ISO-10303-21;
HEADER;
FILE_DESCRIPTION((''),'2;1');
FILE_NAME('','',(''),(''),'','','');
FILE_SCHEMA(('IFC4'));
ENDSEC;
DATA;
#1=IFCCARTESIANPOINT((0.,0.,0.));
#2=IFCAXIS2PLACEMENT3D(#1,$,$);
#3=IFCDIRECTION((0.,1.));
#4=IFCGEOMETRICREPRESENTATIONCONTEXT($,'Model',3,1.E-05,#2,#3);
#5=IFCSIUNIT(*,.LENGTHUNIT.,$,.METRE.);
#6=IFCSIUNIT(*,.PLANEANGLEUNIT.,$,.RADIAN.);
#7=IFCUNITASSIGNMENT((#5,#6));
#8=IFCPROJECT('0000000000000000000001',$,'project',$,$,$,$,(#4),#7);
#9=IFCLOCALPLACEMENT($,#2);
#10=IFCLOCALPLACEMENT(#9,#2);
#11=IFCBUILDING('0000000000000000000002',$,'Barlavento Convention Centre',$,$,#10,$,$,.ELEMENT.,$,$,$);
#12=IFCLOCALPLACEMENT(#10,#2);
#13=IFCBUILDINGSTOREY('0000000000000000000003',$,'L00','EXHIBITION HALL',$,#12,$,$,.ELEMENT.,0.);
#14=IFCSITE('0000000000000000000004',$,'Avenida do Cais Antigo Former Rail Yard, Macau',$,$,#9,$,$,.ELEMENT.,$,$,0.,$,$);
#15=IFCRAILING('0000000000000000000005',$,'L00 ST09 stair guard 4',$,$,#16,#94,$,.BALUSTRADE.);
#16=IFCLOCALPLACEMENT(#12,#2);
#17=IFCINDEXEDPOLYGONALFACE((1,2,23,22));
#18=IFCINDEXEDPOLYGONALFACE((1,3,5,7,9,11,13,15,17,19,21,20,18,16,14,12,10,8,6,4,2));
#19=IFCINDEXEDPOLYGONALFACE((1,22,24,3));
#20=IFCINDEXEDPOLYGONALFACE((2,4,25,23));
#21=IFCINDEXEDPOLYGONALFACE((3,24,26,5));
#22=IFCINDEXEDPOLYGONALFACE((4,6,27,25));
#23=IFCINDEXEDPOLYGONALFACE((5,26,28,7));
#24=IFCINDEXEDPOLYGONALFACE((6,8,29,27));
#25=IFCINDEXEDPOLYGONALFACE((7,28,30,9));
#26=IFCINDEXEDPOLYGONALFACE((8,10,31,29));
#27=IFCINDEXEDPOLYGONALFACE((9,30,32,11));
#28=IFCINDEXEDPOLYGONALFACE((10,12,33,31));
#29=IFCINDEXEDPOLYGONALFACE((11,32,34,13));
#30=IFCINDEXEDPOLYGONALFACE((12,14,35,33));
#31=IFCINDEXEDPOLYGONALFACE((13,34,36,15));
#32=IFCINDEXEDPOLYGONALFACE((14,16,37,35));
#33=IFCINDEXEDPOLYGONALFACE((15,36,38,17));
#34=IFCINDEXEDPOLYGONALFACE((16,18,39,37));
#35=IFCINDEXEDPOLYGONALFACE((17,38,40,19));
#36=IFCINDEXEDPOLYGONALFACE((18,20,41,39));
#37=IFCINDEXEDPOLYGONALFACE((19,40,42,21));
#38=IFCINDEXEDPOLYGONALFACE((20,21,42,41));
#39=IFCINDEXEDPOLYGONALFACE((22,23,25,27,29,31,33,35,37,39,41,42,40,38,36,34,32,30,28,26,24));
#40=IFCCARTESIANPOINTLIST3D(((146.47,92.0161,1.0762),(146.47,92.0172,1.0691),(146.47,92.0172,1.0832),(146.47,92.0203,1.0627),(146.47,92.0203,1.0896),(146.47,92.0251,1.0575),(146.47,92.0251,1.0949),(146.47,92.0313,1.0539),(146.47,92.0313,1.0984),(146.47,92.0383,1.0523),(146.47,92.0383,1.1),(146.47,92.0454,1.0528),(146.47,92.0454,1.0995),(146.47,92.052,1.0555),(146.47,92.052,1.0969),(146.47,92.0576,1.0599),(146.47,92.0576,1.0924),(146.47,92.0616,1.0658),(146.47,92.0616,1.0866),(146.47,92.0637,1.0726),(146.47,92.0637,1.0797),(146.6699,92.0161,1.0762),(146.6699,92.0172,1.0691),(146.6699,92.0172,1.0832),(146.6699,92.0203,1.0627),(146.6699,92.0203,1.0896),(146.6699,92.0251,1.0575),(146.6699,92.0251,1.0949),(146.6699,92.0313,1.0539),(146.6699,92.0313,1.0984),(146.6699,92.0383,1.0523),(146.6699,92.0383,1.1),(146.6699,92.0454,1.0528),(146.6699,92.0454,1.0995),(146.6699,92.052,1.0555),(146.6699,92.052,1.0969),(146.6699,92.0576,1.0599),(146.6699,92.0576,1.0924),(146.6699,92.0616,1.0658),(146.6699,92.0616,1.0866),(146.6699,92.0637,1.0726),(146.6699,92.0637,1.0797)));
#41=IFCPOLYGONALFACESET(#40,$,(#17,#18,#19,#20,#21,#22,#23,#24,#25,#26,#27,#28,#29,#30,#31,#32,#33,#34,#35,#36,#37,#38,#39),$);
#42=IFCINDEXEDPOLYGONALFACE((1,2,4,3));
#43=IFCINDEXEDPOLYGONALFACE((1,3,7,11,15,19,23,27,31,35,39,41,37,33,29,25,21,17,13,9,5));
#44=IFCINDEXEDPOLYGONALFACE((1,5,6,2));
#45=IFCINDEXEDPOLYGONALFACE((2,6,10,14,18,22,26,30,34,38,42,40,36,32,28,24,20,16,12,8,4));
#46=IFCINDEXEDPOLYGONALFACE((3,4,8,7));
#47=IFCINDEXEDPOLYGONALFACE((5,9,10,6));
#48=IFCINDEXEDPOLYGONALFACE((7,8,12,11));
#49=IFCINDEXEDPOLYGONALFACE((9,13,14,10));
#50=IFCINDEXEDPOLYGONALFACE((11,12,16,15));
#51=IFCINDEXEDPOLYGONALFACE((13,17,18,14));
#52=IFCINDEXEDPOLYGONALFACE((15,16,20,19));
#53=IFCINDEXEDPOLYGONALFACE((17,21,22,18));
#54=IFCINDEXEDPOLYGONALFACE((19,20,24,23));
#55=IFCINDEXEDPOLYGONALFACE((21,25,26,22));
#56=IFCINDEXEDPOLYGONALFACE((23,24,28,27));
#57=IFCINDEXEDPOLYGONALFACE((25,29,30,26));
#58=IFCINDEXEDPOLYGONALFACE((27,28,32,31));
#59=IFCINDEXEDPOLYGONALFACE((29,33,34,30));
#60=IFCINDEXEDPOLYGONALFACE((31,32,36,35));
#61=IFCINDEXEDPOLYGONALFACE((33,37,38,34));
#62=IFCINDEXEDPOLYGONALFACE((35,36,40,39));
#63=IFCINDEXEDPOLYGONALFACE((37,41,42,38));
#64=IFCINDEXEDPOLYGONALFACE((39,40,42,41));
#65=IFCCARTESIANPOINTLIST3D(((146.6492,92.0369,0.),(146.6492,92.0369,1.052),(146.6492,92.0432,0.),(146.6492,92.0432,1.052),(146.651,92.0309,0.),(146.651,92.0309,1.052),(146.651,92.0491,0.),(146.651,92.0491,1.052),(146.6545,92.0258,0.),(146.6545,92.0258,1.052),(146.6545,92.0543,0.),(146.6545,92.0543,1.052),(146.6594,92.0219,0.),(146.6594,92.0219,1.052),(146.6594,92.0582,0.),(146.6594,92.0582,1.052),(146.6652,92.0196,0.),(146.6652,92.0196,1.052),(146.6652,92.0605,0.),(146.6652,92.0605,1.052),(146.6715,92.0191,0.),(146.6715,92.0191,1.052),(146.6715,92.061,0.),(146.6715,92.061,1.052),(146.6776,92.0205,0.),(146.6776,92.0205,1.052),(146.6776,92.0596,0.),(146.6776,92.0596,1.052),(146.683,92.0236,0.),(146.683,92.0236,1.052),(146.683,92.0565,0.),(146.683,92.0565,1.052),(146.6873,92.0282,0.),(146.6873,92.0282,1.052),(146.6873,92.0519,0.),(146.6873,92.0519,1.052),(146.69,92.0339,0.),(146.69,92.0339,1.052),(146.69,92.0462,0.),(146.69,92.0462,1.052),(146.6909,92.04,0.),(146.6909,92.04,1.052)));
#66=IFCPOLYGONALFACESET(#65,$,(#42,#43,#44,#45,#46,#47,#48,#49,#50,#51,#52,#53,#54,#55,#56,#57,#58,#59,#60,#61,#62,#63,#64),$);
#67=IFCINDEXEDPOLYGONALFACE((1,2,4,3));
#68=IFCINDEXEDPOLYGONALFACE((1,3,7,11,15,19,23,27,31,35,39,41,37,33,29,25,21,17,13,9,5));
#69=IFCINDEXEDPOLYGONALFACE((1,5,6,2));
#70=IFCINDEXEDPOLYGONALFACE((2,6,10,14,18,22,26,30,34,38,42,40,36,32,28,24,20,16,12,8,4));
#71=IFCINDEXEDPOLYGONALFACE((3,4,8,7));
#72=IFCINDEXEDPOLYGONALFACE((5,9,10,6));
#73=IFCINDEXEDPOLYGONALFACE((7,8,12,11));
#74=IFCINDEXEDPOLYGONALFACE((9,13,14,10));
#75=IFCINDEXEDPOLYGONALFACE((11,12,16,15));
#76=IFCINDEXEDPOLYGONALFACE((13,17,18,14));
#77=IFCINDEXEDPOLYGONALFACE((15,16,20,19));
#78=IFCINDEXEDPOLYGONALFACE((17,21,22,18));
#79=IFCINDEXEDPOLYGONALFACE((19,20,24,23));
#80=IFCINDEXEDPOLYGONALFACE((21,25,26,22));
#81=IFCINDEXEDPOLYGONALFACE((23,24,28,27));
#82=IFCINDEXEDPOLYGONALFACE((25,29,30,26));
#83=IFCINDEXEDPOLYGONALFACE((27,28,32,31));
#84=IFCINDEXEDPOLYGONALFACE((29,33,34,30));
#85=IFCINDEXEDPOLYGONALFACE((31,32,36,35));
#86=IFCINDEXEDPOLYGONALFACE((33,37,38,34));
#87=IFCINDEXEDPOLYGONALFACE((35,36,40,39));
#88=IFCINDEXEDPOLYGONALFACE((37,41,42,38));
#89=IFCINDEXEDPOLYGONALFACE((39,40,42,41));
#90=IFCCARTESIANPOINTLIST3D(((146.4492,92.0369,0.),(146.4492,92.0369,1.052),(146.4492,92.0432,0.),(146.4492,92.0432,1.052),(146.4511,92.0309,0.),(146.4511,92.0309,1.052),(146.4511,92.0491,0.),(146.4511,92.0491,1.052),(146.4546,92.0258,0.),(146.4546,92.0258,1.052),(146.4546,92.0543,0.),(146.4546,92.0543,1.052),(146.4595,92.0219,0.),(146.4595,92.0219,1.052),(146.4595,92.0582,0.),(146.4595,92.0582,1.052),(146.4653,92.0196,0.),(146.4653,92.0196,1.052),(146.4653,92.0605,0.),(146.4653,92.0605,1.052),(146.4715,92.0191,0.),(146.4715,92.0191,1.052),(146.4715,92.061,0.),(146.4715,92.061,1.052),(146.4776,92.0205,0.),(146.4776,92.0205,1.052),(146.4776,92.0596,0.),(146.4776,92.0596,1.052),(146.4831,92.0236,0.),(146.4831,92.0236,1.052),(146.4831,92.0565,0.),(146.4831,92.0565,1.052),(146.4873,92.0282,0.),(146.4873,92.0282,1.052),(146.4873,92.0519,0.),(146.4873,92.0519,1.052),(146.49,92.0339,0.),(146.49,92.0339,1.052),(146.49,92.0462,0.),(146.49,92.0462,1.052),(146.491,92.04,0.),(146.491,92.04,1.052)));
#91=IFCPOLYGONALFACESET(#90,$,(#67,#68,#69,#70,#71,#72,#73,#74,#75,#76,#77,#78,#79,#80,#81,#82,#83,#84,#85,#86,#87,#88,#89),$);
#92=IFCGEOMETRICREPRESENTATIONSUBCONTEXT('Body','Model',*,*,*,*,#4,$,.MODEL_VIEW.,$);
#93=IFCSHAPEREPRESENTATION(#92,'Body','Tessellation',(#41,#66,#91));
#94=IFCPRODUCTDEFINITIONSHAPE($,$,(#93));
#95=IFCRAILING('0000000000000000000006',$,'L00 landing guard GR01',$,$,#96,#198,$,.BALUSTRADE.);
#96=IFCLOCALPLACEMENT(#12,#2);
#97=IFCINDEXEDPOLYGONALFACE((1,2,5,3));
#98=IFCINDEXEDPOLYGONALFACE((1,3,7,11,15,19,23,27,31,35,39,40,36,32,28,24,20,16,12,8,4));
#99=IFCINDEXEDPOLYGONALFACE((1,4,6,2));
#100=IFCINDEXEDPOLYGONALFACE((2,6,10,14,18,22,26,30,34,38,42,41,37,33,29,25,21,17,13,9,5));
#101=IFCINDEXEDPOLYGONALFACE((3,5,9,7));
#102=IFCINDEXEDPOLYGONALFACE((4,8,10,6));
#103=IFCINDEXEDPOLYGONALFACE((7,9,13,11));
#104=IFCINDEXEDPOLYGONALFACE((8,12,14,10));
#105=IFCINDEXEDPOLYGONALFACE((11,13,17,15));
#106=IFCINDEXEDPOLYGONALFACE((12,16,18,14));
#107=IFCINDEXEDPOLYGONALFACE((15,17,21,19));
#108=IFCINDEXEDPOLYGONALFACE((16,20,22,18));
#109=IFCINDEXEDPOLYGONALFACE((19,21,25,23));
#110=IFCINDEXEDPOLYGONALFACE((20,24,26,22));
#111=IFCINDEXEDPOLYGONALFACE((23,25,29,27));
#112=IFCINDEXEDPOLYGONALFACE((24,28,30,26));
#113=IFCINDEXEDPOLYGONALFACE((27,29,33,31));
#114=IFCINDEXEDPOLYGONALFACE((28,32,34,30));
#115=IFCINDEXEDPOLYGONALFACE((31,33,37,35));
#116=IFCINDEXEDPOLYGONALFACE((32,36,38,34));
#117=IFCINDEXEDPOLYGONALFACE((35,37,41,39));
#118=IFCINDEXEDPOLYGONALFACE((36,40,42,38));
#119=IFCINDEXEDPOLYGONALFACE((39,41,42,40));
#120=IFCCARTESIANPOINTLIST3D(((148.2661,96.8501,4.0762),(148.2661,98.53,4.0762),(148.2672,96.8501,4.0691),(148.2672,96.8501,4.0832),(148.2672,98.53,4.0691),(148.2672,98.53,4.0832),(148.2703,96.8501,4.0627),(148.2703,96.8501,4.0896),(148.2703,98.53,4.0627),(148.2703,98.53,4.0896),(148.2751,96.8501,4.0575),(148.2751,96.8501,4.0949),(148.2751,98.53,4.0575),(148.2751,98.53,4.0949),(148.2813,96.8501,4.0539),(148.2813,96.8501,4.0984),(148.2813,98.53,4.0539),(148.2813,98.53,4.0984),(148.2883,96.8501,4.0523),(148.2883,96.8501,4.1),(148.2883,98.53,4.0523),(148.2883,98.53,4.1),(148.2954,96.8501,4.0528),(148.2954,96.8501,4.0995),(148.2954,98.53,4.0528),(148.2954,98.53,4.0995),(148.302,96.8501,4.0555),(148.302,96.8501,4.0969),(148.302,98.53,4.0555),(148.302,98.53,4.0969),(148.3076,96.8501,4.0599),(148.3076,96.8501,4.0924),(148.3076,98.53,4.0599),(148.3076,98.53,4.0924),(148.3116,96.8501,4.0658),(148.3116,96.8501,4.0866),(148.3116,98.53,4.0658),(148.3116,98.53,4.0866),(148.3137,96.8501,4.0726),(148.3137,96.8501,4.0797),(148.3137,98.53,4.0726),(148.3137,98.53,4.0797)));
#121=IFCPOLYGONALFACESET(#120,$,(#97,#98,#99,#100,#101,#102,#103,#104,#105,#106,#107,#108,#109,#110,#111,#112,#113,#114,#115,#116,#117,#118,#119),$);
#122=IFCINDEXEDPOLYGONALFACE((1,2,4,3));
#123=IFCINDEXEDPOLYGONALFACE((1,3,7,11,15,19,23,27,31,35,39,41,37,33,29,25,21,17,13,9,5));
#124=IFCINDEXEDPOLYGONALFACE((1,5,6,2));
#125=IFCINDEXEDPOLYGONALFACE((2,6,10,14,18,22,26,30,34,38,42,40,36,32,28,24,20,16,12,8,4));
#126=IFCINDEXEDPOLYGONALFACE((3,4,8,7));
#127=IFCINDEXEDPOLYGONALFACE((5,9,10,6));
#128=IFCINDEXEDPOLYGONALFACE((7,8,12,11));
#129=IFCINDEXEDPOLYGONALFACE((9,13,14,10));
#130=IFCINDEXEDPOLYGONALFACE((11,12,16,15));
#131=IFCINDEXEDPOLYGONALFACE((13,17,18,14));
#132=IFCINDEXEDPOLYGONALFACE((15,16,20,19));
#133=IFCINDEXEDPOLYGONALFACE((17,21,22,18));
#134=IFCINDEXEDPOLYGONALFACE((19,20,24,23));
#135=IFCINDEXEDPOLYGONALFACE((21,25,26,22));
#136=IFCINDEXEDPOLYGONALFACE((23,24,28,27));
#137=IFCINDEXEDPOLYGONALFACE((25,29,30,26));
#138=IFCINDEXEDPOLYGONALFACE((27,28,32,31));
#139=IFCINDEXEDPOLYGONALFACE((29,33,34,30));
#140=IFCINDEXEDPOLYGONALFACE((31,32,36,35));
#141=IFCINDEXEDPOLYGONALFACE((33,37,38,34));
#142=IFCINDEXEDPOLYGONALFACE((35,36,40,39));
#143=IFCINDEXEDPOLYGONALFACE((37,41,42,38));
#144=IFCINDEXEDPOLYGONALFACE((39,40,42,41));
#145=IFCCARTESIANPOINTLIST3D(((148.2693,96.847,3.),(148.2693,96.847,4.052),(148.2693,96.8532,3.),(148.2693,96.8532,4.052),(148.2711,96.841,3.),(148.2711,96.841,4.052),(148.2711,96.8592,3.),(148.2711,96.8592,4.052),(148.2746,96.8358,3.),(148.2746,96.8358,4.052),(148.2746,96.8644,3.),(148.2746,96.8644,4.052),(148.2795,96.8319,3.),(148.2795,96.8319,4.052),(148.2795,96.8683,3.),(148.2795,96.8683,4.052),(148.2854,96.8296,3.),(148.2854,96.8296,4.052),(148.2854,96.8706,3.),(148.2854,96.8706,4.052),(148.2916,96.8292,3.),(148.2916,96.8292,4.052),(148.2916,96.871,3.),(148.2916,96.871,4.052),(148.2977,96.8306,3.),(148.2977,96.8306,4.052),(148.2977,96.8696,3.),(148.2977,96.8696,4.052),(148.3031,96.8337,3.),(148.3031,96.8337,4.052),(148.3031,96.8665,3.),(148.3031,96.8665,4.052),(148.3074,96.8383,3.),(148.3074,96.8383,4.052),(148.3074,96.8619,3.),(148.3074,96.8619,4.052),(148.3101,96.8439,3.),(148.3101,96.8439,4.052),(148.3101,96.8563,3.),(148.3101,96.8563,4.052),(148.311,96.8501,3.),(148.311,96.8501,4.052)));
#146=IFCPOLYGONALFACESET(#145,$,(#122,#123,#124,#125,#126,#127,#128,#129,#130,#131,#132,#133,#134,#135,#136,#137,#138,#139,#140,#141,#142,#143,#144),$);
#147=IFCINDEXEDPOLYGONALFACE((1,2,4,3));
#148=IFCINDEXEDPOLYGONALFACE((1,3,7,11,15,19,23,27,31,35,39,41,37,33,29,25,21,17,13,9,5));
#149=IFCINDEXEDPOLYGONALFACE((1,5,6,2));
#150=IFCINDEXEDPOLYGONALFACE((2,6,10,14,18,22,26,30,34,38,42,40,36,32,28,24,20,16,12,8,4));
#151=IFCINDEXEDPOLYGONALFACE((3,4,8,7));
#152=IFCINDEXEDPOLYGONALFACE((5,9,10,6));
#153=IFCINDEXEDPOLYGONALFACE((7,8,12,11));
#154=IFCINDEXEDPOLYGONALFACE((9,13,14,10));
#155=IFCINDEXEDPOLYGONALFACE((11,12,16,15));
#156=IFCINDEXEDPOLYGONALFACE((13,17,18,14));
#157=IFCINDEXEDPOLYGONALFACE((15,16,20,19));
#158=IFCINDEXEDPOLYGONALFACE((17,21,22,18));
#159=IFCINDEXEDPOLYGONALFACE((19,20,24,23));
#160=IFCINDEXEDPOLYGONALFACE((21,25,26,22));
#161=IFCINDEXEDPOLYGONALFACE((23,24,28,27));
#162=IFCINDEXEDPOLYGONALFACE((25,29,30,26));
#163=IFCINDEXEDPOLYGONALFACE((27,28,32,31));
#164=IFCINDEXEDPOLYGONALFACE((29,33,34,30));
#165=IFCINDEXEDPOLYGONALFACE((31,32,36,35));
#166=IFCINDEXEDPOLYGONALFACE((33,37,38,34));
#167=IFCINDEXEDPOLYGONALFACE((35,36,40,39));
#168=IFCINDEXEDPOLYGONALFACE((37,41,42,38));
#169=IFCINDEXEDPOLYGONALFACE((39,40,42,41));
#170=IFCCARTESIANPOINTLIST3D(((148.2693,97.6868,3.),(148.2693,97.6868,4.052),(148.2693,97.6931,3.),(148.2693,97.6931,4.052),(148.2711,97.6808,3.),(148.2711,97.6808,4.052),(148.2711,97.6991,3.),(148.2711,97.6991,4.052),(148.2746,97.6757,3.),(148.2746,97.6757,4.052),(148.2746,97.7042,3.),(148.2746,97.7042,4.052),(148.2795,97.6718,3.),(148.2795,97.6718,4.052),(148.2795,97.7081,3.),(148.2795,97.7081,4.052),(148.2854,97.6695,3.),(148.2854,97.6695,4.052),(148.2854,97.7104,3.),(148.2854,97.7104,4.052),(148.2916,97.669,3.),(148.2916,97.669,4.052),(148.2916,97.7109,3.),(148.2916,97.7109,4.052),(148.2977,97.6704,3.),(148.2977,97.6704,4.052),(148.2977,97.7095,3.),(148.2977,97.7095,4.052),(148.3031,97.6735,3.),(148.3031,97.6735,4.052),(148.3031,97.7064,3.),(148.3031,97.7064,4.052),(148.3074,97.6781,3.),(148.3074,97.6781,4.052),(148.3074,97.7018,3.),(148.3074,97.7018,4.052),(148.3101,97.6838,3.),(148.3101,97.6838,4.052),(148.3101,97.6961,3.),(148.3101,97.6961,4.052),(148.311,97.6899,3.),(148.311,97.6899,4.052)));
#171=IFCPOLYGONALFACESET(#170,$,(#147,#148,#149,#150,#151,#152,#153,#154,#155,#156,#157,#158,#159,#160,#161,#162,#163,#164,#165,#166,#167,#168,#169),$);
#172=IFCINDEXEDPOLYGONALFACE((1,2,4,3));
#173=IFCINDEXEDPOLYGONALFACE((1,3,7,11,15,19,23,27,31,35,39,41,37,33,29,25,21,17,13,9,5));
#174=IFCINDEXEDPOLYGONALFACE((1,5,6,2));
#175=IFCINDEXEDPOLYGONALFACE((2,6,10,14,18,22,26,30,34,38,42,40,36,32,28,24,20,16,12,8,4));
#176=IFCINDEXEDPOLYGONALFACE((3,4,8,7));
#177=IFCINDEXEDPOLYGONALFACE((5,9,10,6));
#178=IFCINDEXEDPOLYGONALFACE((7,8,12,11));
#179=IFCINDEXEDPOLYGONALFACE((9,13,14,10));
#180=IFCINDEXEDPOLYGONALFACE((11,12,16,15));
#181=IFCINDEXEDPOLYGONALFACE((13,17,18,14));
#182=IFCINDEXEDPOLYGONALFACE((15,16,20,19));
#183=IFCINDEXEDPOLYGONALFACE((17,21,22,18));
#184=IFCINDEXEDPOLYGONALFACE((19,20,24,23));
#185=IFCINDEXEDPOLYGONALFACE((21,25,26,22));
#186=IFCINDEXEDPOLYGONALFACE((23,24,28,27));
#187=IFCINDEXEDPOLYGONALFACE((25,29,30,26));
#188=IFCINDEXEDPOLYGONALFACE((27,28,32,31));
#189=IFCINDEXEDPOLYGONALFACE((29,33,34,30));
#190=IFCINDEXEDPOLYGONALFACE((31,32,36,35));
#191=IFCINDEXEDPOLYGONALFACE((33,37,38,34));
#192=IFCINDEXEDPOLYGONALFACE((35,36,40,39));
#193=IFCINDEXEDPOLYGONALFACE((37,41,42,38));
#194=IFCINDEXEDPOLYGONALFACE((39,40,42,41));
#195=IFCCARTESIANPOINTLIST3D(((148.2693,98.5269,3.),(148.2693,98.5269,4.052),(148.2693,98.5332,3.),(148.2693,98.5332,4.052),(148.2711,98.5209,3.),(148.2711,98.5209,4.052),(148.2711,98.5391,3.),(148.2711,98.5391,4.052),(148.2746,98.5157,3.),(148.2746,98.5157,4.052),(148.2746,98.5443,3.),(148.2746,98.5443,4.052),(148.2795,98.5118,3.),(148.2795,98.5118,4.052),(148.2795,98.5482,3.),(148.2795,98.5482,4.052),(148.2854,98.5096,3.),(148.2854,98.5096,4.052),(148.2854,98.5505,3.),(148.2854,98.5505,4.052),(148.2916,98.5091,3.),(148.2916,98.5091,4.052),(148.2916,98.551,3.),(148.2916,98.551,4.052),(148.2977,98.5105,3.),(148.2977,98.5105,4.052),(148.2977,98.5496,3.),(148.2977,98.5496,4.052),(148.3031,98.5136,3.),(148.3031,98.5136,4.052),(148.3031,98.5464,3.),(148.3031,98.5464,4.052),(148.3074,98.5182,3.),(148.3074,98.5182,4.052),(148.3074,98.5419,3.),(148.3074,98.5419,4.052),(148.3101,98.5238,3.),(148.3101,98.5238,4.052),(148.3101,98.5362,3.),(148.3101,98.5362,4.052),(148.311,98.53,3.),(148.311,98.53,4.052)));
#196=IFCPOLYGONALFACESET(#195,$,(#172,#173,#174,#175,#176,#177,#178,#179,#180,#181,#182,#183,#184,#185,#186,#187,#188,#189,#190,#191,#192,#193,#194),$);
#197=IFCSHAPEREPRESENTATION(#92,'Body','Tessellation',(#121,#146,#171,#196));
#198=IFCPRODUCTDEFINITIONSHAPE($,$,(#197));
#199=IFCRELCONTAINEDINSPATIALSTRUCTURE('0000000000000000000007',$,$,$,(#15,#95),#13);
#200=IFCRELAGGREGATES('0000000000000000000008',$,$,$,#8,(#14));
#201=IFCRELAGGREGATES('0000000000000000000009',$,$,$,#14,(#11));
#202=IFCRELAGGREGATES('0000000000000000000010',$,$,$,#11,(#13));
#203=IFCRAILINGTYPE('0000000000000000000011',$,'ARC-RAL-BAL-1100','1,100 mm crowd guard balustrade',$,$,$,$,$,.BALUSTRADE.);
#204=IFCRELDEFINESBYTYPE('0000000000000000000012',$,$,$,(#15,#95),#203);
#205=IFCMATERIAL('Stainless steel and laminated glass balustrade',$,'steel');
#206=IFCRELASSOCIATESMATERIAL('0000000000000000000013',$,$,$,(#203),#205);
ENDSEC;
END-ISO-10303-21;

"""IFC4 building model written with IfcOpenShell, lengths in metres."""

from ifc_helpers import new_model, si_unit, direction, frame, origin, origin_2d, place, context, subcontext, project, spatial, circle, extrude, material, type_object, element, save


model = new_model("IFC4")

# Units and contexts
model_context = context("Model", 3, precision=1e-05, world=origin(), true_north=direction((0.0, 1.0)))
body_context = subcontext(model_context, "Body", "Model", "MODEL_VIEW")
ifc_project = project(units=[si_unit("LENGTHUNIT", "METRE"), si_unit("PLANEANGLEUNIT", "RADIAN")], contexts=[model_context])

# Site, building, storey
site_placement = place(None, origin())
site = spatial("IfcSite", under=ifc_project, at=site_placement, Name="Avenida do Cais Antigo Former Rail Yard, Macau", CompositionType="ELEMENT", RefElevation=0.0)
building_placement = place(site_placement, origin())
building = spatial("IfcBuilding", under=site, at=building_placement, Name="Barlavento Convention Centre", CompositionType="ELEMENT")
storey_placement = place(building_placement, origin())
storey = spatial("IfcBuildingStorey", under=building, at=storey_placement, Name="L00", Description="EXHIBITION HALL", CompositionType="ELEMENT", Elevation=0.0)

# Railings
ifc_material_1 = material(Name="Stainless steel and laminated glass balustrade", Category="steel")
railing_type_1 = type_object("IfcRailingType", Name="ARC-RAL-BAL-1100", Description="1,100 mm crowd guard balustrade", PredefinedType="BALUSTRADE", material=ifc_material_1)
railing_1_placement = place(storey_placement, frame((146.6699, 92.04, 0.0)))
element("IfcRailing", 1, at=railing_1_placement, inside=storey, type_object=railing_type_1, Name="L00 ST09 stair guard 4", PredefinedType="BALUSTRADE", context=body_context, shape_type="SweptSolid", body=[
    extrude(circle(Radius=0.0239, at=origin_2d()), frame((0.0, 0.0, 1.0762), z_axis=(-1.0, 0.0, 0.0), x_axis=(0.0, -1.0, 0.0)), (0.0, 0.0, 1.0), 0.2),
    extrude(circle(Radius=0.021, at=origin_2d()), origin(), (0.0, 0.0, 1.0), 1.052),
    extrude(circle(Radius=0.021, at=origin_2d()), frame((-0.2, 0.0, 0.0)), (0.0, 0.0, 1.0), 1.052),
])
railing_2_placement = place(storey_placement, frame((148.29, 96.8501, 3.0)))
element("IfcRailing", 2, at=railing_2_placement, inside=storey, type_object=railing_type_1, Name="L00 landing guard GR01", PredefinedType="BALUSTRADE", context=body_context, shape_type="SweptSolid", body=[
    extrude(circle(Radius=0.0239, at=origin_2d()), frame((0.0, 0.0, 1.0762), z_axis=(0.0, 1.0, 0.0), x_axis=(-1.0, 0.0, 0.0)), (0.0, 0.0, 1.0), 1.6799),
    extrude(circle(Radius=0.021, at=origin_2d()), origin(), (0.0, 0.0, 1.0), 1.052),
    extrude(circle(Radius=0.021, at=origin_2d()), frame((0.0, 0.8398, 0.0)), (0.0, 0.0, 1.0), 1.052),
    extrude(circle(Radius=0.021, at=origin_2d()), frame((0.0, 1.6799, 0.0)), (0.0, 0.0, 1.0), 1.052),
])

save(model, "model.ifc")
